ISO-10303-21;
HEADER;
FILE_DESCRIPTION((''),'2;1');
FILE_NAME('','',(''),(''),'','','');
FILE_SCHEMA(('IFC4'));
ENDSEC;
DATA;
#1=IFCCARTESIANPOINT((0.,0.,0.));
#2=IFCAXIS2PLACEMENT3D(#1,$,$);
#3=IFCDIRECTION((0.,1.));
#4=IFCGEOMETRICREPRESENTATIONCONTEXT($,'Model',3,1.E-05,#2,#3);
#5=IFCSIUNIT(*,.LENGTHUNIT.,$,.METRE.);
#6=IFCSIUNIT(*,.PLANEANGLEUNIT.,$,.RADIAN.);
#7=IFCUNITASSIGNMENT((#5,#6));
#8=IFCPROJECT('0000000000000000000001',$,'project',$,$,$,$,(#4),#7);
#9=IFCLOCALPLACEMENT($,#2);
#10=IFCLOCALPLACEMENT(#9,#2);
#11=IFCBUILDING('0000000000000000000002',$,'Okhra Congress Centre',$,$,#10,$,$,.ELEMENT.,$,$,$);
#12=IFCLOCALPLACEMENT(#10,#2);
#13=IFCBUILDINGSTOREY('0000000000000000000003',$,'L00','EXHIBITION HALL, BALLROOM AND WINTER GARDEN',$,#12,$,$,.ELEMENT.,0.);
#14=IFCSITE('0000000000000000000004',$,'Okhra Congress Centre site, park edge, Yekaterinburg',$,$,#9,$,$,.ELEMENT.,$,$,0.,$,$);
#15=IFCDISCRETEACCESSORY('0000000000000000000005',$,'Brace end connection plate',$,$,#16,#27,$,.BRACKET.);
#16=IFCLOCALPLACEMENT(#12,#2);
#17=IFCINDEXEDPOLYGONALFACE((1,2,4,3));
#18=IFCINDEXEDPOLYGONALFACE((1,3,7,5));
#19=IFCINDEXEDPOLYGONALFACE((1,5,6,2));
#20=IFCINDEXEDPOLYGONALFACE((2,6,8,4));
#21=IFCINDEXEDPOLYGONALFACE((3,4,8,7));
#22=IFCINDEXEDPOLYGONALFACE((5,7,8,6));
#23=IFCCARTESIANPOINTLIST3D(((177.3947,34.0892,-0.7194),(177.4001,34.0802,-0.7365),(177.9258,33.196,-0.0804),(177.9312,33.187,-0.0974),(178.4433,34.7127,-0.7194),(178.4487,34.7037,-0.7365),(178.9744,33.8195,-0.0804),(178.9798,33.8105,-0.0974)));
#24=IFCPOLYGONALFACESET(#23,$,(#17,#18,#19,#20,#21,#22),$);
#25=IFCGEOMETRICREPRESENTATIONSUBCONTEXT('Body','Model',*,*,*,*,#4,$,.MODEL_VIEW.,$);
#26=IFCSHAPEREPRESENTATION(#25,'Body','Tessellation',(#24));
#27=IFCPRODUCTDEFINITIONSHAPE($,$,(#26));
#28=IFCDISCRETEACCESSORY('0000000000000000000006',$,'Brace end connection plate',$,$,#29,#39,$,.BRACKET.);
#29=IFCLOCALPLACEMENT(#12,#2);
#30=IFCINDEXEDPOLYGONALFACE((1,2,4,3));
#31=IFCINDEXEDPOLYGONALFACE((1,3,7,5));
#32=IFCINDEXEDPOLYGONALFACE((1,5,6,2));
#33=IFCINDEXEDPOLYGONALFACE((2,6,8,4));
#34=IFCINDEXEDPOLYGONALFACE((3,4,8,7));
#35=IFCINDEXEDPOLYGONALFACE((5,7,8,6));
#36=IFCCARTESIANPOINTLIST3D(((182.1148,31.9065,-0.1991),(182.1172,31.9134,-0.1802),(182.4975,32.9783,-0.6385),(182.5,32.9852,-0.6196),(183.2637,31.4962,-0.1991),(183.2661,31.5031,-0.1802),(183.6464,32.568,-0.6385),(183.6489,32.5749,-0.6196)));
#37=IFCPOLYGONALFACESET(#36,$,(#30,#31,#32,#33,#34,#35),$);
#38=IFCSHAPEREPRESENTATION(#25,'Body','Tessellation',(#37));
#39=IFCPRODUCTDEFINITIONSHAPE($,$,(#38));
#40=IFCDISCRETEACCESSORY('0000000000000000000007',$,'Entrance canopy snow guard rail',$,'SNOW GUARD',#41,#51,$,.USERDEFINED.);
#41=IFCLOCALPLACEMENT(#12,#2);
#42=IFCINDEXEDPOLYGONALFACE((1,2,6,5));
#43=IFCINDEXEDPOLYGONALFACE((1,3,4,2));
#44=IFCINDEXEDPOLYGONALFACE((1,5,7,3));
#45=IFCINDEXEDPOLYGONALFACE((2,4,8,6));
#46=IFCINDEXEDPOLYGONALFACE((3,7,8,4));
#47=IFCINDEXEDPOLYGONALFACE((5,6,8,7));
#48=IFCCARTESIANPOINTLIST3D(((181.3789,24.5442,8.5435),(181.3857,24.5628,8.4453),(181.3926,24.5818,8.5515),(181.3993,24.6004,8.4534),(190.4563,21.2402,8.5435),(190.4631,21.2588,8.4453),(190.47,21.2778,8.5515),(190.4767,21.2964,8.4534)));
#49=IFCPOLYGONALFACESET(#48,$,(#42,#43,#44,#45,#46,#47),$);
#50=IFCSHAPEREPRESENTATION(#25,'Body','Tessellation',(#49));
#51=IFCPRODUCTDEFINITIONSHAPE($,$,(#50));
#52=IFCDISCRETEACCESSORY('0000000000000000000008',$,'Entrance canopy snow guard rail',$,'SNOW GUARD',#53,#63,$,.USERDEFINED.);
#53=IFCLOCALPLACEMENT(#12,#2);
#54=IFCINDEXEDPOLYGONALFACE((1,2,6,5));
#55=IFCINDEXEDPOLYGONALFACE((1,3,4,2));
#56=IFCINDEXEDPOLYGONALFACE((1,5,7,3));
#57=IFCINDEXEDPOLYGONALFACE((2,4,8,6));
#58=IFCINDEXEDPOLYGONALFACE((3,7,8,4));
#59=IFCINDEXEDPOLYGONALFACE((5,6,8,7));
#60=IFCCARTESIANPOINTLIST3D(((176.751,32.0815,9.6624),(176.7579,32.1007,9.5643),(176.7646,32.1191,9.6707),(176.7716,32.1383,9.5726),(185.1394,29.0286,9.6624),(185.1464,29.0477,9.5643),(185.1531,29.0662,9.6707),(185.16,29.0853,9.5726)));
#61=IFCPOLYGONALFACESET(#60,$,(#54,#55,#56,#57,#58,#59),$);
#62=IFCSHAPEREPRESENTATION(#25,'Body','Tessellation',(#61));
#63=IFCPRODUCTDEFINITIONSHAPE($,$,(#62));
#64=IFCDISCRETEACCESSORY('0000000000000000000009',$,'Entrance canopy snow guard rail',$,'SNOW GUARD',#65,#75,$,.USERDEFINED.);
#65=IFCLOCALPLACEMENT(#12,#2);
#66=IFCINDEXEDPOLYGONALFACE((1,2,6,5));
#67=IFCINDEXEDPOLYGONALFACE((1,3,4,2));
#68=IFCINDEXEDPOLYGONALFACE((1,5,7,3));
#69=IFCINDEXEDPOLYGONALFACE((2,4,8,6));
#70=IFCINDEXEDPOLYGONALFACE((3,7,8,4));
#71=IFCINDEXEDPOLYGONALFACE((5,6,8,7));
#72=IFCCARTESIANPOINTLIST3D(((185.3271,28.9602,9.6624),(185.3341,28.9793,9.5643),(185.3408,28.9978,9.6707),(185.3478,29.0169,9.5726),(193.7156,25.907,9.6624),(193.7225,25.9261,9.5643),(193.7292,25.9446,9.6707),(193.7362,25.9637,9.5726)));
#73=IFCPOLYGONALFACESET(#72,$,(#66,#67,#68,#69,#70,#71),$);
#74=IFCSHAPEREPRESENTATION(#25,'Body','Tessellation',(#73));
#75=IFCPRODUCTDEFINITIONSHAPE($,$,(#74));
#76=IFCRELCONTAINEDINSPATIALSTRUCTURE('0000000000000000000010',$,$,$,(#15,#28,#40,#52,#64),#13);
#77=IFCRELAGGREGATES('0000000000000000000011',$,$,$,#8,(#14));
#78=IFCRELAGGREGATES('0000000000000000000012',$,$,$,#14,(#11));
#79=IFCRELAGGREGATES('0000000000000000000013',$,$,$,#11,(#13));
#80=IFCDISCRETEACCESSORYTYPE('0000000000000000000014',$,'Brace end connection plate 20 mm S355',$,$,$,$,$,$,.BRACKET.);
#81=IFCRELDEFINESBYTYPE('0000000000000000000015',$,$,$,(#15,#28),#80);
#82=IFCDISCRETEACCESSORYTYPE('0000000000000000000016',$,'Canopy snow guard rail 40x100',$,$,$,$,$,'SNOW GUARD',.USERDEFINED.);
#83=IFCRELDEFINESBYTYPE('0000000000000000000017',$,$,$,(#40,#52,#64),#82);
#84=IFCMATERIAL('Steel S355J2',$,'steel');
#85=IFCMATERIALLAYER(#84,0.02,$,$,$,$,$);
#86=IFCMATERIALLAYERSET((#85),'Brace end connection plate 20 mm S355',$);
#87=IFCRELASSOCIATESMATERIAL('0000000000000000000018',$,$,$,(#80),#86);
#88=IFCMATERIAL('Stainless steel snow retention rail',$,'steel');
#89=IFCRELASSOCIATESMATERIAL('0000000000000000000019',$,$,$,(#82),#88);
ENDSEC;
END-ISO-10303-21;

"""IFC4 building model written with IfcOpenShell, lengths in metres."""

from ifc_helpers import new_model, si_unit, direction, frame, origin, origin_2d, place, context, subcontext, project, spatial, polyline, rectangle, outline, extrude, material, layer, layer_set, type_object, element, save


model = new_model("IFC4")

# Units and contexts
model_context = context("Model", 3, precision=1e-05, world=origin(), true_north=direction((0.0, 1.0)))
body_context = subcontext(model_context, "Body", "Model", "MODEL_VIEW")
ifc_project = project(units=[si_unit("LENGTHUNIT", "METRE"), si_unit("PLANEANGLEUNIT", "RADIAN")], contexts=[model_context])

# Site, building, storey
site_placement = place(None, origin())
site = spatial("IfcSite", under=ifc_project, at=site_placement, Name="Okhra Congress Centre site, park edge, Yekaterinburg", CompositionType="ELEMENT", RefElevation=0.0)
building_placement = place(site_placement, origin())
building = spatial("IfcBuilding", under=site, at=building_placement, Name="Okhra Congress Centre", CompositionType="ELEMENT")
storey_placement = place(building_placement, origin())
storey = spatial("IfcBuildingStorey", under=building, at=storey_placement, Name="L00", Description="EXHIBITION HALL, BALLROOM AND WINTER GARDEN", CompositionType="ELEMENT", Elevation=0.0)

# Discrete accessories
ifc_material_1 = material(Name="Steel S355J2", Category="steel")
ifc_layer = layer(ifc_material_1, 0.02)
ifc_layer_set = layer_set([ifc_layer], Name="Brace end connection plate 20 mm S355")
discrete_accessory_type_1 = type_object("IfcDiscreteAccessoryType", Name="Brace end connection plate 20 mm S355", PredefinedType="BRACKET", material=ifc_layer_set)
discrete_accessory_1_placement = place(storey_placement, frame((178.1846, 33.9543, -0.3999), z_axis=(0.267716, -0.45025, -0.851824), x_axis=(0.859536, 0.511075, 0.0)))
element("IfcDiscreteAccessory", 1, at=discrete_accessory_1_placement, inside=storey, type_object=discrete_accessory_type_1, Name="Brace end connection plate", PredefinedType="BRACKET", context=body_context, shape_type="SweptSolid", body=[
    extrude(rectangle(XDim=1.22, YDim=1.22, at=origin_2d()), origin(), (0.0, 0.0, 1.0), 0.02),
])
discrete_accessory_2_placement = place(storey_placement, frame((182.8831, 32.2441, -0.3999), z_axis=(-0.121152, -0.339226, -0.932871), x_axis=(0.941742, -0.336336, 0.0)))
element("IfcDiscreteAccessory", 2, at=discrete_accessory_2_placement, inside=storey, type_object=discrete_accessory_type_1, Name="Brace end connection plate", PredefinedType="BRACKET", context=body_context, shape_type="SweptSolid", body=[
    extrude(rectangle(XDim=1.22, YDim=1.22, at=origin_2d()), origin(), (0.0, 0.0, 1.0), 0.0203),
])
ifc_material_2 = material(Name="Stainless steel snow retention rail", Category="steel")
discrete_accessory_type_2 = type_object("IfcDiscreteAccessoryType", Name="Canopy snow guard rail 40x100", ElementType="SNOW GUARD", PredefinedType="USERDEFINED", material=ifc_material_2)
discrete_accessory_3_placement = place(storey_placement, frame((181.3789, 24.5442, 8.5435), z_axis=(-0.067523, -0.185515, 0.980319), x_axis=(0.939691, -0.342025, 0.0)))
element("IfcDiscreteAccessory", 3, at=discrete_accessory_3_placement, inside=storey, type_object=discrete_accessory_type_2, Name="Entrance canopy snow guard rail", ObjectType="SNOW GUARD", PredefinedType="USERDEFINED", context=body_context, shape_type="SweptSolid", body=[
    extrude(outline(polyline([(0.0, 0.0), (9.66, 0.0), (9.66, 0.0408), (0.0, 0.0408), (0.0, 0.0)])), origin(), (0.0, 0.0, -1.0), 0.1001),
])
discrete_accessory_4_placement = place(storey_placement, frame((176.751, 32.0815, 9.6624), z_axis=(-0.069482, -0.190909, 0.979146), x_axis=(0.939698, -0.342004, 0.0)))
element("IfcDiscreteAccessory", 4, at=discrete_accessory_4_placement, inside=storey, type_object=discrete_accessory_type_2, Name="Entrance canopy snow guard rail", ObjectType="SNOW GUARD", PredefinedType="USERDEFINED", context=body_context, shape_type="SweptSolid", body=[
    extrude(outline(polyline([(0.0, 0.0), (8.9267, 0.0), (8.9267, 0.0409), (0.0, 0.0409), (0.0, 0.0)])), origin(), (0.0, 0.0, -1.0), 0.1001),
])
discrete_accessory_5_placement = place(storey_placement, frame((185.3271, 28.9602, 9.6624), z_axis=(-0.069486, -0.190907, 0.979146), x_axis=(0.93969, -0.342029, 0.0)))
element("IfcDiscreteAccessory", 5, at=discrete_accessory_5_placement, inside=storey, type_object=discrete_accessory_type_2, Name="Entrance canopy snow guard rail", ObjectType="SNOW GUARD", PredefinedType="USERDEFINED", context=body_context, shape_type="SweptSolid", body=[
    extrude(outline(polyline([(0.0, 0.0), (8.9268, 0.0), (8.9268, 0.0409), (0.0, 0.0409), (0.0, 0.0)])), origin(), (0.0, 0.0, -1.0), 0.1001),
])

save(model, "model.ifc")
